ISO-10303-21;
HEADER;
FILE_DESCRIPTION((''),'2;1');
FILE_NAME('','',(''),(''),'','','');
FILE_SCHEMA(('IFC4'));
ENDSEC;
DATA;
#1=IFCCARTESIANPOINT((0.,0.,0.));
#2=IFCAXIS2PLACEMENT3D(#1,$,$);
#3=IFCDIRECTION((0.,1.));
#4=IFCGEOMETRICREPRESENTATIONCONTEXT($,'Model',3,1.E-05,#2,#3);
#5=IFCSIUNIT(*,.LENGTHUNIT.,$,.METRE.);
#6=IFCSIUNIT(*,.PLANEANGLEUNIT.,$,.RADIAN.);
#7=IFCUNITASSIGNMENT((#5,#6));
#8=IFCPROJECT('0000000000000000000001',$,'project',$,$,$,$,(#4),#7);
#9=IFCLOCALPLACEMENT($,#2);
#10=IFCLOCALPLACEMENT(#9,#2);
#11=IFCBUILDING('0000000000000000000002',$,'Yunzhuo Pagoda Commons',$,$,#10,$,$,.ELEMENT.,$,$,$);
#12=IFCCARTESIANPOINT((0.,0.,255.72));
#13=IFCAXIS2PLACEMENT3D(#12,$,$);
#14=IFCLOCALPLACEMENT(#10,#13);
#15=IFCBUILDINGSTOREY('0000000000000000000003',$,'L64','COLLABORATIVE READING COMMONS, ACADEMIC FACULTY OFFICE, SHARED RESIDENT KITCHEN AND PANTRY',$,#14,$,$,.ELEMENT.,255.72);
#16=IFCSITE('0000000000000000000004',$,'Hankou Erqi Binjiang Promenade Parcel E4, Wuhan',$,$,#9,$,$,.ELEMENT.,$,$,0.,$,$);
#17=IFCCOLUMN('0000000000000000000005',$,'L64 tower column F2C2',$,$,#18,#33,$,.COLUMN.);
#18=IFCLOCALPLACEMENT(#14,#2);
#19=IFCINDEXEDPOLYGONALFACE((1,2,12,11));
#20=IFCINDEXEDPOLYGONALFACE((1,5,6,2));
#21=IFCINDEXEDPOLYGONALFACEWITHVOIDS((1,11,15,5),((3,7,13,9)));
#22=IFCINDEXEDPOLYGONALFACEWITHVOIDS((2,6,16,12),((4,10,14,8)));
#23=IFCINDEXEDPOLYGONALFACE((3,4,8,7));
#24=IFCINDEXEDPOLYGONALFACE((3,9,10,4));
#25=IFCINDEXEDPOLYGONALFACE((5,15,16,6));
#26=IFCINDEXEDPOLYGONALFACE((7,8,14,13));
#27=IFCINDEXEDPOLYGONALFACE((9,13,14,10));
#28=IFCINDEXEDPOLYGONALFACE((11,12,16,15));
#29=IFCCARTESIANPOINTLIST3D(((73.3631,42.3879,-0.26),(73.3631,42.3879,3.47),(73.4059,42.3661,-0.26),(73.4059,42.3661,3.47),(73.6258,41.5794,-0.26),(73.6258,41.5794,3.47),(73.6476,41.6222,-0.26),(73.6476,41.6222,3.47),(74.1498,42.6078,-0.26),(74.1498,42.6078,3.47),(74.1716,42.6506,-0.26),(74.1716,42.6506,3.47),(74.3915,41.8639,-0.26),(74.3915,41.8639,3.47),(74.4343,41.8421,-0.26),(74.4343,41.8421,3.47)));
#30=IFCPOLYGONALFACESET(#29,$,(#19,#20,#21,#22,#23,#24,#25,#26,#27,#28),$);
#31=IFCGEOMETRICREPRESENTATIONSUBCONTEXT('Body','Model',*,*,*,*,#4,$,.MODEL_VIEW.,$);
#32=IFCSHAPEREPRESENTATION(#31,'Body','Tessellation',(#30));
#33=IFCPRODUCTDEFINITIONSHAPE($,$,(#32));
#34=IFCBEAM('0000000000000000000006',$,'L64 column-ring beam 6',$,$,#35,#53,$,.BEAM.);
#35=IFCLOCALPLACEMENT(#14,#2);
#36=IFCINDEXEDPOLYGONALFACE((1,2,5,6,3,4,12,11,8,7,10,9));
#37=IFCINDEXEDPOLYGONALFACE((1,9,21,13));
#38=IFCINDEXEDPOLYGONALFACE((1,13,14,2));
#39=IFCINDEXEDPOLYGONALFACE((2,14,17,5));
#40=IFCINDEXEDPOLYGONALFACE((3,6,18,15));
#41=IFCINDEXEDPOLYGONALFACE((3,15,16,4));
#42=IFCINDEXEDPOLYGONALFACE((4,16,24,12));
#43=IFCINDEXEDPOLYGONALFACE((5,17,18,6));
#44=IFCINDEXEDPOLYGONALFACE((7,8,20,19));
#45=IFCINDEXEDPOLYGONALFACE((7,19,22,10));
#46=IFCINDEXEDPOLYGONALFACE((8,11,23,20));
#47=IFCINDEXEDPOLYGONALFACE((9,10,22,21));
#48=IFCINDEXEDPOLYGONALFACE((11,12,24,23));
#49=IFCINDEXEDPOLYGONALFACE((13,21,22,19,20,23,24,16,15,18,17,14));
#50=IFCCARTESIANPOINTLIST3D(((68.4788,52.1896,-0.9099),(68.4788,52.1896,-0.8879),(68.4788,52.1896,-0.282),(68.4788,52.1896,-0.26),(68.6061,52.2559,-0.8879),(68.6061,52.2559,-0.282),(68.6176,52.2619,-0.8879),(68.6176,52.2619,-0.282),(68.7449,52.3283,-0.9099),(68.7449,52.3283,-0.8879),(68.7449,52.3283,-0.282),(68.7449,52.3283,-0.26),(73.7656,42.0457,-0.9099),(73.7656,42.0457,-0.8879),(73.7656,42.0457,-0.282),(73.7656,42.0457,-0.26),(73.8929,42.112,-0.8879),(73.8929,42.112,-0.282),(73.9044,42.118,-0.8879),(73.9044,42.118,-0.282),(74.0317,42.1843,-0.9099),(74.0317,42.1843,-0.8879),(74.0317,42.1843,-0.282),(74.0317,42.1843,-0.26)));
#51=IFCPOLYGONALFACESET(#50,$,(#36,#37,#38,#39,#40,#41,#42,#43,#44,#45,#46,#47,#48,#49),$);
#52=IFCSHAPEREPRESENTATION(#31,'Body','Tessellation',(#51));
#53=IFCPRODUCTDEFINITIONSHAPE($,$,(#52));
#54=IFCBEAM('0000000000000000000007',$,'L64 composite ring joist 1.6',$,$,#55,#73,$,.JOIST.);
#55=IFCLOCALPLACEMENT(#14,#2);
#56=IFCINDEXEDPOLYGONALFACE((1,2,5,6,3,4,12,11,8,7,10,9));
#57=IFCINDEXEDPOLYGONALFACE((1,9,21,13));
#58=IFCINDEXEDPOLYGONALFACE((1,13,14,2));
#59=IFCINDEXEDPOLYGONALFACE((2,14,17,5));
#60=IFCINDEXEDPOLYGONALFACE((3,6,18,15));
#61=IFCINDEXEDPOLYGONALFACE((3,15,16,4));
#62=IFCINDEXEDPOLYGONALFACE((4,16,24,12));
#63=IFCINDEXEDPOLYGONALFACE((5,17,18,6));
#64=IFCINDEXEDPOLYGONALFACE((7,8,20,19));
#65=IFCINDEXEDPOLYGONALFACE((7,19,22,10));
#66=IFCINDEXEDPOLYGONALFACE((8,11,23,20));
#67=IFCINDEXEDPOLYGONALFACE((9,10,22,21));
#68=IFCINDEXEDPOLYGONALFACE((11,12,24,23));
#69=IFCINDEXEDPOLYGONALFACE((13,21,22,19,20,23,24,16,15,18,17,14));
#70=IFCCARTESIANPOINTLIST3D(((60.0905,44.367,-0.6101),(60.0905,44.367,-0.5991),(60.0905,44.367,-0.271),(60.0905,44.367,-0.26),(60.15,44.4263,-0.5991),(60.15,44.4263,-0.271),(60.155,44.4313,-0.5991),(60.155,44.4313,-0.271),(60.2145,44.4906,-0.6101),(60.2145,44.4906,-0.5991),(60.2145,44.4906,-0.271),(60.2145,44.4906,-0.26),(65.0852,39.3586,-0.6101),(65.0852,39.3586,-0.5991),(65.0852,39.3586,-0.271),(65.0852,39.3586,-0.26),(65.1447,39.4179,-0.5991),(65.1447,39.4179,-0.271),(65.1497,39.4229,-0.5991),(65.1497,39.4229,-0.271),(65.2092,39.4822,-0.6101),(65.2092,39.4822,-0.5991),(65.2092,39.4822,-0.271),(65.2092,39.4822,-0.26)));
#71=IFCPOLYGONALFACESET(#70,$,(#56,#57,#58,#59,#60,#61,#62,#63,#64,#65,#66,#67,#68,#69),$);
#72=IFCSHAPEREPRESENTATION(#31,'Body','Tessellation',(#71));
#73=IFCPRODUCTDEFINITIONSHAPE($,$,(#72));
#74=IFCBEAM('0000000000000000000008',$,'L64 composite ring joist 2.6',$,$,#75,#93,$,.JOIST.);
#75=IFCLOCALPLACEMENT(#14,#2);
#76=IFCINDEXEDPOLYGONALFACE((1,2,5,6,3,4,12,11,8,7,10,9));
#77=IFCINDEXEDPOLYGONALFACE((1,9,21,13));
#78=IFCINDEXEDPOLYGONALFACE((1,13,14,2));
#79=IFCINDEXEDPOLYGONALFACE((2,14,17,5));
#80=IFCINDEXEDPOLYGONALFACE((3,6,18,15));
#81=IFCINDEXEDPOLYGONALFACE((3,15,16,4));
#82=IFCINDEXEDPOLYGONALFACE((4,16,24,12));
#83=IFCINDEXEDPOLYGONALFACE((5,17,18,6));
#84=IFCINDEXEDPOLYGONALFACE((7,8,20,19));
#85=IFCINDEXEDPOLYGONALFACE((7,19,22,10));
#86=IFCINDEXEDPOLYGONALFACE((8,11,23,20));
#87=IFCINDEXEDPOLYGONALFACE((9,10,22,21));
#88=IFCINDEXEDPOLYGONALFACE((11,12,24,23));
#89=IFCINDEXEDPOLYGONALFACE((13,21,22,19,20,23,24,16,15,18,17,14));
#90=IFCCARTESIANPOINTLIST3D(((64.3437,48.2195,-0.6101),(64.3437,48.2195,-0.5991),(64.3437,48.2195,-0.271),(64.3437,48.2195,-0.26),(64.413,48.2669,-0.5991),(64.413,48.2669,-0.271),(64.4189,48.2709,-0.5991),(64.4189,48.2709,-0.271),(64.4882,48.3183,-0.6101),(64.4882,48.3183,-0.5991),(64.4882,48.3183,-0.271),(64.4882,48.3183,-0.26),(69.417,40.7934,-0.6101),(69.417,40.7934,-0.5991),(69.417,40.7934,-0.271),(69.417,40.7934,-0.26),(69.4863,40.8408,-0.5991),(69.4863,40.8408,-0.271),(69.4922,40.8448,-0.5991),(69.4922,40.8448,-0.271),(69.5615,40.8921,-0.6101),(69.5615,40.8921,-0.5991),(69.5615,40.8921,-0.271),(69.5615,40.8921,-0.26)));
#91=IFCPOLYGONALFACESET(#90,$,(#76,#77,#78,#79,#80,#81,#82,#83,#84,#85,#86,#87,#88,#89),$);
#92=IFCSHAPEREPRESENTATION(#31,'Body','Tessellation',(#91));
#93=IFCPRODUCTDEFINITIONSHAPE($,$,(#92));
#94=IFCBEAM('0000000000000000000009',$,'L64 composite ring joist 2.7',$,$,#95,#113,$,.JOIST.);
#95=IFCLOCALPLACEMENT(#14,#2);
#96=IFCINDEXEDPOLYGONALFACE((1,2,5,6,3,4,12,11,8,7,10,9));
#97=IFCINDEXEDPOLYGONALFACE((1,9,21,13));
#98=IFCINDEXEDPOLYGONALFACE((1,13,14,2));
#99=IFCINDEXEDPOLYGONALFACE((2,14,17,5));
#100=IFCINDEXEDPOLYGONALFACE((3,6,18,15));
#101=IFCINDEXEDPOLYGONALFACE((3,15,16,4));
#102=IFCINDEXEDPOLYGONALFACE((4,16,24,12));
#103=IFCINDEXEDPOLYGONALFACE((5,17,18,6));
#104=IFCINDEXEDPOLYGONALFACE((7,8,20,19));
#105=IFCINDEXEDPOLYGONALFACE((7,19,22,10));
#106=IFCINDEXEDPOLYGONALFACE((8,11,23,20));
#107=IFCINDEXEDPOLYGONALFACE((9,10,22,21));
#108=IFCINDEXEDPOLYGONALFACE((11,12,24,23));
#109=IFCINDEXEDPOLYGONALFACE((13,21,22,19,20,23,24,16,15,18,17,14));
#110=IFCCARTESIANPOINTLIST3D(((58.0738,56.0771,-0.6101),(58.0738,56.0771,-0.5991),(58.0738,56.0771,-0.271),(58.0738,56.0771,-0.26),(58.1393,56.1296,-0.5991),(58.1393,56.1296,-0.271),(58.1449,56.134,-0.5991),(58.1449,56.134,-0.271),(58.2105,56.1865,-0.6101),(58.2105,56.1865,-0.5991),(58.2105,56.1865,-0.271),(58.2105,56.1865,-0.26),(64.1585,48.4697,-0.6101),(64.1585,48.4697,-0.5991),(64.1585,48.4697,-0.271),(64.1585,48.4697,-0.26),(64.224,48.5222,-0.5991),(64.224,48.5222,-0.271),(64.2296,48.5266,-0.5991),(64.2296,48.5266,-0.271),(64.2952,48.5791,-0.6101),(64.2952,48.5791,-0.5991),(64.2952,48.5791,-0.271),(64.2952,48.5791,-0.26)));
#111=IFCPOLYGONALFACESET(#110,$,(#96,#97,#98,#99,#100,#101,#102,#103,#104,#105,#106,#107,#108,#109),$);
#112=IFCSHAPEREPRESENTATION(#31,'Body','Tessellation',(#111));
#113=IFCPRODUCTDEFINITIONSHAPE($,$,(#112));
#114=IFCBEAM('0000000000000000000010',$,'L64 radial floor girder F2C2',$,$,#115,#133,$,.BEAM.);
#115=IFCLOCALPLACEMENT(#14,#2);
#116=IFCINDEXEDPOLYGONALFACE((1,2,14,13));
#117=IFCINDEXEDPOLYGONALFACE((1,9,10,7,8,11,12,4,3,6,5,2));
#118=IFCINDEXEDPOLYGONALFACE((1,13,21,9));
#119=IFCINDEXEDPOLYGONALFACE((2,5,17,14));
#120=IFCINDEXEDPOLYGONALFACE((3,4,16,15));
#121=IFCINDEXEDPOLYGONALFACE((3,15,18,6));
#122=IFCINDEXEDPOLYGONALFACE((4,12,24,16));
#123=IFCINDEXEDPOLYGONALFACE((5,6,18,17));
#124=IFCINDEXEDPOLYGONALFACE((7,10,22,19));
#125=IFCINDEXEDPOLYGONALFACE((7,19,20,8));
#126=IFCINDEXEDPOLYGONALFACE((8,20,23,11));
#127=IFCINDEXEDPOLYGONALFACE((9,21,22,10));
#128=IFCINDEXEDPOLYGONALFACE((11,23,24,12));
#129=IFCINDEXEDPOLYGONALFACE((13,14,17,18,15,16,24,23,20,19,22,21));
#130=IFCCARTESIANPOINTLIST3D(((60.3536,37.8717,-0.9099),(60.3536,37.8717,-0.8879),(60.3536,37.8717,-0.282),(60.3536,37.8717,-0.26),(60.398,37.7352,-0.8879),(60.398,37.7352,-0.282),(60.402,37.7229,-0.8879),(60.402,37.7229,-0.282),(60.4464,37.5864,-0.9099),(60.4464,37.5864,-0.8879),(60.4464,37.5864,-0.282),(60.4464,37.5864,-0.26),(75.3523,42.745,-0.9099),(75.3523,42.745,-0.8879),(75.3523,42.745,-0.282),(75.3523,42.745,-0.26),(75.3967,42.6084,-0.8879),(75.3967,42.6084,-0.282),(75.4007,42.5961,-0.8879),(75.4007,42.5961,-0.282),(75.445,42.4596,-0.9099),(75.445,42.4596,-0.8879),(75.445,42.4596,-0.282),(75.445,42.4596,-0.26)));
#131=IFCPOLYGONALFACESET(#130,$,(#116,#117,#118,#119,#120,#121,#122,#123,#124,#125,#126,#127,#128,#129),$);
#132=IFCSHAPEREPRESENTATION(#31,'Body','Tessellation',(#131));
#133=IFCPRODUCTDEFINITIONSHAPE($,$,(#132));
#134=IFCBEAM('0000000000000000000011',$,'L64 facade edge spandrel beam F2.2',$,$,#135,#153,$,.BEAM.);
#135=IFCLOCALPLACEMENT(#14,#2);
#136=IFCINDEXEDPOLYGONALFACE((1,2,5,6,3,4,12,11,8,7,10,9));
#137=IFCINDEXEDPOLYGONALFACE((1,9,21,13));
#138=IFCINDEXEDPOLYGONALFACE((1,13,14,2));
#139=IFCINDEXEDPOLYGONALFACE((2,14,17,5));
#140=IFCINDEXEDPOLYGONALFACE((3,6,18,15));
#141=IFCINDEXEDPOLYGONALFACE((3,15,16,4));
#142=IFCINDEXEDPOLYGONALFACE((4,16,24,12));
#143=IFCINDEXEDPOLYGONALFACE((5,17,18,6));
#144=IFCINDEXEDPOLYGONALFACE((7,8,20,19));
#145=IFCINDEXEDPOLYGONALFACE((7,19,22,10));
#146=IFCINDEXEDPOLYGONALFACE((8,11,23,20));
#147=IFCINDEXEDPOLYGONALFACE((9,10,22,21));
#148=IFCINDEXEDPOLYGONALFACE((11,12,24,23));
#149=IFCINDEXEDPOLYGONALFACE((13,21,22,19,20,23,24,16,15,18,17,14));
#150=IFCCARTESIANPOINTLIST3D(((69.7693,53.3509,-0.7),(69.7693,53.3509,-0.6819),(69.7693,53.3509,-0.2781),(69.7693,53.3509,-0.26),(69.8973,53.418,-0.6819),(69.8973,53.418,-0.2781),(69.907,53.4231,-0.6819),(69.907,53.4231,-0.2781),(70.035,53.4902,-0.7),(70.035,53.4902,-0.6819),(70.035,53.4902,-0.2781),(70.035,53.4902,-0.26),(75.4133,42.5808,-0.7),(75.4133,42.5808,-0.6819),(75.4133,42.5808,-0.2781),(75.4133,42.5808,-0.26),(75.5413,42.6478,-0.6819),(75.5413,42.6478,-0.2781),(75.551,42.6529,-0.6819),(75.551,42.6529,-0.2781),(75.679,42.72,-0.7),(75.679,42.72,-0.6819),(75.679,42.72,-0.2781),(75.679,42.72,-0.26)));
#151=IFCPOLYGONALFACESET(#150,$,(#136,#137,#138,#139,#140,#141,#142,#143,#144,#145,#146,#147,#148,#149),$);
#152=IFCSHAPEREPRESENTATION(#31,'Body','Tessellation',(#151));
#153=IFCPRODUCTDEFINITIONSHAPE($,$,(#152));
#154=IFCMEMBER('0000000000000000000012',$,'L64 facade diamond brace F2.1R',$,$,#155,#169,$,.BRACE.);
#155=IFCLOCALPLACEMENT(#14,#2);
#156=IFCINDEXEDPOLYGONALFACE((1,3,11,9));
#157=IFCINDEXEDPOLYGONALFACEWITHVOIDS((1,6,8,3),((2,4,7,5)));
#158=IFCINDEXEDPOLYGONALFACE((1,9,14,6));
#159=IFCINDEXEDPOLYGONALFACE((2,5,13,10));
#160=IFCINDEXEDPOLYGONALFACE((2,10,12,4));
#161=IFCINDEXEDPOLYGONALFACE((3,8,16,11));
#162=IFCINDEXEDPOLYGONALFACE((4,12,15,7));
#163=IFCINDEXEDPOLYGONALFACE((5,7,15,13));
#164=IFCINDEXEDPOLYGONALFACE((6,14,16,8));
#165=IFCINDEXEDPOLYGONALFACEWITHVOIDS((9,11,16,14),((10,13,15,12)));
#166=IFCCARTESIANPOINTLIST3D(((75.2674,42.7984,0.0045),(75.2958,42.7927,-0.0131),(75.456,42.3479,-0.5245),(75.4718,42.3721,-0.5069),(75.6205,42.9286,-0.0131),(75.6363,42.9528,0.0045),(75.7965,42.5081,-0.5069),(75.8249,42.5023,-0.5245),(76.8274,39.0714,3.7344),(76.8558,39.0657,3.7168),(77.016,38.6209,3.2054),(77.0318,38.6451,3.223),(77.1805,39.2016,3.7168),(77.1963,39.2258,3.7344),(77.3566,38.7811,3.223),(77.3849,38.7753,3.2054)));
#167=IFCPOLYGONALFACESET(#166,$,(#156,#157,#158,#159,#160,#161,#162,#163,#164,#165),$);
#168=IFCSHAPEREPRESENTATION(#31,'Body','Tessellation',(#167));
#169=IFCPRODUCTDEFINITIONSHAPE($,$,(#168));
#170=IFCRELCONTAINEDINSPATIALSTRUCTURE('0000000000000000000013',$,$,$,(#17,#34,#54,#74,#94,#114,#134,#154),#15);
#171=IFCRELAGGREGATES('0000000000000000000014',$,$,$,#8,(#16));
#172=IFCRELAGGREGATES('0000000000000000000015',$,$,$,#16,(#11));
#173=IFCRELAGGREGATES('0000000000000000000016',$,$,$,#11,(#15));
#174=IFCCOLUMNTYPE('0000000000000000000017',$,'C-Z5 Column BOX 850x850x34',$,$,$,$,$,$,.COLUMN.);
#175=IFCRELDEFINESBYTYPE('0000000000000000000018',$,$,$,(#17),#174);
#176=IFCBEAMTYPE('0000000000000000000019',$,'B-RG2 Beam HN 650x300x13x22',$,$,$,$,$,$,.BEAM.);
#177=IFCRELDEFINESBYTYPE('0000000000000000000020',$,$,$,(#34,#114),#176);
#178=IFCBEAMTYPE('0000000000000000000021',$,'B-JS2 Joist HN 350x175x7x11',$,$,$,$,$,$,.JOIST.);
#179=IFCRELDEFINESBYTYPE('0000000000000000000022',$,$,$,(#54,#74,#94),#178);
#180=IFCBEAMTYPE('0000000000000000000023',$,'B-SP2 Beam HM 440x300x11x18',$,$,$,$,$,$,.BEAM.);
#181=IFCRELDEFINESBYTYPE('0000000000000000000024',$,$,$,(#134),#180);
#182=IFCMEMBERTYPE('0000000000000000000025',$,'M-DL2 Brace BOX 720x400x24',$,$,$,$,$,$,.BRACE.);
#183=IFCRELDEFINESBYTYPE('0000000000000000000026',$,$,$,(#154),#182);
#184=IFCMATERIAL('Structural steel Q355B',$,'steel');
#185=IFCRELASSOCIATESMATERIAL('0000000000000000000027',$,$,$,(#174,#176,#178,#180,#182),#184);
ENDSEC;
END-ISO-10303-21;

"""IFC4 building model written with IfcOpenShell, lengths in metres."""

from ifc_helpers import new_model, si_unit, direction, frame, origin, origin_2d, place, context, subcontext, project, spatial, hollow_rectangle, i_section, extrude, source, transform, mapped, material, material_profile, profile_set, type_object, element, save


model = new_model("IFC4")

# Units and contexts
model_context = context("Model", 3, precision=1e-05, world=origin(), true_north=direction((0.0, 1.0)))
body_context = subcontext(model_context, "Body", "Model", "MODEL_VIEW")
ifc_project = project(units=[si_unit("LENGTHUNIT", "METRE"), si_unit("PLANEANGLEUNIT", "RADIAN")], contexts=[model_context])

# Site, building, storey
site_placement = place(None, origin())
site = spatial("IfcSite", under=ifc_project, at=site_placement, Name="Hankou Erqi Binjiang Promenade Parcel E4, Wuhan", CompositionType="ELEMENT", RefElevation=0.0)
building_placement = place(site_placement, origin())
building = spatial("IfcBuilding", under=site, at=building_placement, Name="Yunzhuo Pagoda Commons", CompositionType="ELEMENT")
storey_placement = place(building_placement, frame((0.0, 0.0, 255.72)))
storey = spatial("IfcBuildingStorey", under=building, at=storey_placement, Name="L64", Description="COLLABORATIVE READING COMMONS, ACADEMIC FACULTY OFFICE, SHARED RESIDENT KITCHEN AND PANTRY", CompositionType="ELEMENT", Elevation=255.72)

# Column
ifc_material_1 = material(Name="Structural steel Q355B", Category="steel")
ifc_material_profile_1 = material_profile(ifc_material_1, hollow_rectangle(XDim=0.8501, YDim=0.8501, WallThickness=0.0339, at=origin_2d()), Name="Structural steel Q355B")
ifc_profile_set_1 = profile_set([ifc_material_profile_1], Name="Structural steel Q355B")
column_type = type_object("IfcColumnType", Name="C-Z5 Column BOX 850x850x34", PredefinedType="COLUMN", material=ifc_profile_set_1)
shared_shape_1 = source(origin(), body_context, "Body", "SweptSolid", [
    extrude(hollow_rectangle(XDim=0.8501, YDim=0.8501, WallThickness=0.0339, at=origin_2d()), origin(), (0.0, 0.0, 1.0), 3.73),
])
column_placement = place(storey_placement, frame((73.8987, 42.115, -0.26), z_axis=(0.0, 0.0, 1.0), x_axis=(-0.309017, 0.951057, 0.0)))
element("IfcColumn", 1, at=column_placement, inside=storey, type_object=column_type, Name="L64 tower column F2C2", PredefinedType="COLUMN", context=body_context, shape_type="MappedRepresentation", body=[
    mapped(shared_shape_1, transform((0.0, 0.0, 0.0), scale=1.0)),
])

# Beams
ifc_material_profile_2 = material_profile(ifc_material_1, i_section(OverallWidth=0.3, OverallDepth=0.6499, WebThickness=0.0129, FlangeThickness=0.022, at=origin_2d()), Name="Structural steel Q355B")
ifc_profile_set_2 = profile_set([ifc_material_profile_2], Name="Structural steel Q355B")
beam_type_1 = type_object("IfcBeamType", Name="B-RG2 Beam HN 650x300x13x22", PredefinedType="BEAM", material=ifc_profile_set_2)
shared_shape_2 = source(origin(), body_context, "Body", "SweptSolid", [
    extrude(i_section(OverallWidth=0.3, OverallDepth=0.6499, WebThickness=0.0129, FlangeThickness=0.022, at=origin_2d()), origin(), (0.0, 0.0, 1.0), 11.439),
])
beam_1_placement = place(storey_placement, frame((73.8987, 42.115, -0.585), z_axis=(-0.462176, 0.886788, 0.0), x_axis=(-0.886788, -0.462176, 0.0)))
element("IfcBeam", 2, at=beam_1_placement, inside=storey, type_object=beam_type_1, Name="L64 column-ring beam 6", PredefinedType="BEAM", context=body_context, shape_type="MappedRepresentation", body=[
    mapped(shared_shape_2, transform((0.0, 0.0, 0.0), scale=1.0)),
])
ifc_material_profile_3 = material_profile(ifc_material_1, i_section(OverallWidth=0.175, OverallDepth=0.3501, WebThickness=0.0071, FlangeThickness=0.011, at=origin_2d()), Name="Structural steel Q355B")
ifc_profile_set_3 = profile_set([ifc_material_profile_3], Name="Structural steel Q355B")
beam_type_2 = type_object("IfcBeamType", Name="B-JS2 Joist HN 350x175x7x11", PredefinedType="JOIST", material=ifc_profile_set_3)
shared_shape_3 = source(origin(), body_context, "Body", "SweptSolid", [
    extrude(i_section(OverallWidth=0.175, OverallDepth=0.3501, WebThickness=0.0071, FlangeThickness=0.011, at=origin_2d()), origin(), (0.0, 0.0, 1.0), 7.0732),
])
beam_2_placement = place(storey_placement, frame((65.1472, 39.4204, -0.4351), z_axis=(-0.70614, 0.708073, 0.0), x_axis=(-0.708073, -0.70614, 0.0)))
element("IfcBeam", 3, at=beam_2_placement, inside=storey, type_object=beam_type_2, Name="L64 composite ring joist 1.6", PredefinedType="JOIST", context=body_context, shape_type="MappedRepresentation", body=[
    mapped(shared_shape_3, transform((0.0, 0.0, 0.0), scale=1.0)),
])
shared_shape_4 = source(origin(), body_context, "Body", "SweptSolid", [
    extrude(i_section(OverallWidth=0.175, OverallDepth=0.3501, WebThickness=0.0071, FlangeThickness=0.011, at=origin_2d()), origin(), (0.0, 0.0, 1.0), 8.9937),
])
beam_3_placement = place(storey_placement, frame((69.4893, 40.8428, -0.4351), z_axis=(-0.564099, 0.825707, 0.0), x_axis=(-0.825707, -0.564099, 0.0)))
element("IfcBeam", 4, at=beam_3_placement, inside=storey, type_object=beam_type_2, Name="L64 composite ring joist 2.6", PredefinedType="JOIST", context=body_context, shape_type="MappedRepresentation", body=[
    mapped(shared_shape_4, transform((0.0, 0.0, 0.0), scale=1.0)),
])
shared_shape_5 = source(origin(), body_context, "Body", "SweptSolid", [
    extrude(i_section(OverallWidth=0.175, OverallDepth=0.3501, WebThickness=0.0071, FlangeThickness=0.011, at=origin_2d()), origin(), (0.0, 0.0, 1.0), 9.7415),
])
beam_4_placement = place(storey_placement, frame((64.2268, 48.5244, -0.4351), z_axis=(-0.624619, 0.78093, 0.0), x_axis=(-0.78093, -0.624619, 0.0)))
element("IfcBeam", 5, at=beam_4_placement, inside=storey, type_object=beam_type_2, Name="L64 composite ring joist 2.7", PredefinedType="JOIST", context=body_context, shape_type="MappedRepresentation", body=[
    mapped(shared_shape_5, transform((0.0, 0.0, 0.0), scale=1.0)),
])
shared_shape_6 = source(origin(), body_context, "Body", "SweptSolid", [
    extrude(i_section(OverallWidth=0.3, OverallDepth=0.6499, WebThickness=0.0129, FlangeThickness=0.022, at=origin_2d()), origin(), (0.0, 0.0, 1.0), 15.7705),
])
beam_5_placement = place(storey_placement, frame((75.3987, 42.6023, -0.585), z_axis=(-0.951059, -0.309011, 0.0), x_axis=(0.309011, -0.951059, 0.0)))
element("IfcBeam", 6, at=beam_5_placement, inside=storey, type_object=beam_type_1, Name="L64 radial floor girder F2C2", PredefinedType="BEAM", context=body_context, shape_type="MappedRepresentation", body=[
    mapped(shared_shape_6, transform((0.0, 0.0, 0.0), scale=1.0)),
])
ifc_material_profile_4 = material_profile(ifc_material_1, i_section(OverallWidth=0.3, OverallDepth=0.4399, WebThickness=0.011, FlangeThickness=0.0181, at=origin_2d()), Name="Structural steel Q355B")
ifc_profile_set_4 = profile_set([ifc_material_profile_4], Name="Structural steel Q355B")
beam_type_3 = type_object("IfcBeamType", Name="B-SP2 Beam HM 440x300x11x18", PredefinedType="BEAM", material=ifc_profile_set_4)
shared_shape_7 = source(origin(), body_context, "Body", "SweptSolid", [
    extrude(i_section(OverallWidth=0.3, OverallDepth=0.4399, WebThickness=0.011, FlangeThickness=0.0181, at=origin_2d()), origin(), (0.0, 0.0, 1.0), 12.1594),
])
beam_6_placement = place(storey_placement, frame((75.5461, 42.6504, -0.48), z_axis=(-0.464167, 0.885748, 0.0), x_axis=(-0.885748, -0.464167, 0.0)))
element("IfcBeam", 7, at=beam_6_placement, inside=storey, type_object=beam_type_3, Name="L64 facade edge spandrel beam F2.2", PredefinedType="BEAM", context=body_context, shape_type="MappedRepresentation", body=[
    mapped(shared_shape_7, transform((0.0, 0.0, 0.0), scale=1.0)),
])

# Member
ifc_material_profile_5 = material_profile(ifc_material_1, hollow_rectangle(XDim=0.3999, YDim=0.72, WallThickness=0.0239, at=origin_2d()), Name="Structural steel Q355B")
ifc_profile_set_5 = profile_set([ifc_material_profile_5], Name="Structural steel Q355B")
member_type_1 = type_object("IfcMemberType", Name="M-DL2 Brace BOX 720x400x24", PredefinedType="BRACE", material=ifc_profile_set_5)
shared_shape_8 = source(origin(), body_context, "Body", "SweptSolid", [
    extrude(hollow_rectangle(XDim=0.3999, YDim=0.72, WallThickness=0.0239, at=origin_2d()), origin(), (0.0, 0.0, 1.0), 5.4988),
])
member_1_placement = place(storey_placement, frame((75.5461, 42.6504, -0.26), z_axis=(0.283706, -0.677786, 0.678319), x_axis=(0.92245, 0.386117, 0.0)))
element("IfcMember", 8, at=member_1_placement, inside=storey, type_object=member_type_1, Name="L64 facade diamond brace F2.1R", PredefinedType="BRACE", context=body_context, shape_type="MappedRepresentation", body=[
    mapped(shared_shape_8, transform((0.0, 0.0, 0.0), scale=1.0)),
])

save(model, "model.ifc")
